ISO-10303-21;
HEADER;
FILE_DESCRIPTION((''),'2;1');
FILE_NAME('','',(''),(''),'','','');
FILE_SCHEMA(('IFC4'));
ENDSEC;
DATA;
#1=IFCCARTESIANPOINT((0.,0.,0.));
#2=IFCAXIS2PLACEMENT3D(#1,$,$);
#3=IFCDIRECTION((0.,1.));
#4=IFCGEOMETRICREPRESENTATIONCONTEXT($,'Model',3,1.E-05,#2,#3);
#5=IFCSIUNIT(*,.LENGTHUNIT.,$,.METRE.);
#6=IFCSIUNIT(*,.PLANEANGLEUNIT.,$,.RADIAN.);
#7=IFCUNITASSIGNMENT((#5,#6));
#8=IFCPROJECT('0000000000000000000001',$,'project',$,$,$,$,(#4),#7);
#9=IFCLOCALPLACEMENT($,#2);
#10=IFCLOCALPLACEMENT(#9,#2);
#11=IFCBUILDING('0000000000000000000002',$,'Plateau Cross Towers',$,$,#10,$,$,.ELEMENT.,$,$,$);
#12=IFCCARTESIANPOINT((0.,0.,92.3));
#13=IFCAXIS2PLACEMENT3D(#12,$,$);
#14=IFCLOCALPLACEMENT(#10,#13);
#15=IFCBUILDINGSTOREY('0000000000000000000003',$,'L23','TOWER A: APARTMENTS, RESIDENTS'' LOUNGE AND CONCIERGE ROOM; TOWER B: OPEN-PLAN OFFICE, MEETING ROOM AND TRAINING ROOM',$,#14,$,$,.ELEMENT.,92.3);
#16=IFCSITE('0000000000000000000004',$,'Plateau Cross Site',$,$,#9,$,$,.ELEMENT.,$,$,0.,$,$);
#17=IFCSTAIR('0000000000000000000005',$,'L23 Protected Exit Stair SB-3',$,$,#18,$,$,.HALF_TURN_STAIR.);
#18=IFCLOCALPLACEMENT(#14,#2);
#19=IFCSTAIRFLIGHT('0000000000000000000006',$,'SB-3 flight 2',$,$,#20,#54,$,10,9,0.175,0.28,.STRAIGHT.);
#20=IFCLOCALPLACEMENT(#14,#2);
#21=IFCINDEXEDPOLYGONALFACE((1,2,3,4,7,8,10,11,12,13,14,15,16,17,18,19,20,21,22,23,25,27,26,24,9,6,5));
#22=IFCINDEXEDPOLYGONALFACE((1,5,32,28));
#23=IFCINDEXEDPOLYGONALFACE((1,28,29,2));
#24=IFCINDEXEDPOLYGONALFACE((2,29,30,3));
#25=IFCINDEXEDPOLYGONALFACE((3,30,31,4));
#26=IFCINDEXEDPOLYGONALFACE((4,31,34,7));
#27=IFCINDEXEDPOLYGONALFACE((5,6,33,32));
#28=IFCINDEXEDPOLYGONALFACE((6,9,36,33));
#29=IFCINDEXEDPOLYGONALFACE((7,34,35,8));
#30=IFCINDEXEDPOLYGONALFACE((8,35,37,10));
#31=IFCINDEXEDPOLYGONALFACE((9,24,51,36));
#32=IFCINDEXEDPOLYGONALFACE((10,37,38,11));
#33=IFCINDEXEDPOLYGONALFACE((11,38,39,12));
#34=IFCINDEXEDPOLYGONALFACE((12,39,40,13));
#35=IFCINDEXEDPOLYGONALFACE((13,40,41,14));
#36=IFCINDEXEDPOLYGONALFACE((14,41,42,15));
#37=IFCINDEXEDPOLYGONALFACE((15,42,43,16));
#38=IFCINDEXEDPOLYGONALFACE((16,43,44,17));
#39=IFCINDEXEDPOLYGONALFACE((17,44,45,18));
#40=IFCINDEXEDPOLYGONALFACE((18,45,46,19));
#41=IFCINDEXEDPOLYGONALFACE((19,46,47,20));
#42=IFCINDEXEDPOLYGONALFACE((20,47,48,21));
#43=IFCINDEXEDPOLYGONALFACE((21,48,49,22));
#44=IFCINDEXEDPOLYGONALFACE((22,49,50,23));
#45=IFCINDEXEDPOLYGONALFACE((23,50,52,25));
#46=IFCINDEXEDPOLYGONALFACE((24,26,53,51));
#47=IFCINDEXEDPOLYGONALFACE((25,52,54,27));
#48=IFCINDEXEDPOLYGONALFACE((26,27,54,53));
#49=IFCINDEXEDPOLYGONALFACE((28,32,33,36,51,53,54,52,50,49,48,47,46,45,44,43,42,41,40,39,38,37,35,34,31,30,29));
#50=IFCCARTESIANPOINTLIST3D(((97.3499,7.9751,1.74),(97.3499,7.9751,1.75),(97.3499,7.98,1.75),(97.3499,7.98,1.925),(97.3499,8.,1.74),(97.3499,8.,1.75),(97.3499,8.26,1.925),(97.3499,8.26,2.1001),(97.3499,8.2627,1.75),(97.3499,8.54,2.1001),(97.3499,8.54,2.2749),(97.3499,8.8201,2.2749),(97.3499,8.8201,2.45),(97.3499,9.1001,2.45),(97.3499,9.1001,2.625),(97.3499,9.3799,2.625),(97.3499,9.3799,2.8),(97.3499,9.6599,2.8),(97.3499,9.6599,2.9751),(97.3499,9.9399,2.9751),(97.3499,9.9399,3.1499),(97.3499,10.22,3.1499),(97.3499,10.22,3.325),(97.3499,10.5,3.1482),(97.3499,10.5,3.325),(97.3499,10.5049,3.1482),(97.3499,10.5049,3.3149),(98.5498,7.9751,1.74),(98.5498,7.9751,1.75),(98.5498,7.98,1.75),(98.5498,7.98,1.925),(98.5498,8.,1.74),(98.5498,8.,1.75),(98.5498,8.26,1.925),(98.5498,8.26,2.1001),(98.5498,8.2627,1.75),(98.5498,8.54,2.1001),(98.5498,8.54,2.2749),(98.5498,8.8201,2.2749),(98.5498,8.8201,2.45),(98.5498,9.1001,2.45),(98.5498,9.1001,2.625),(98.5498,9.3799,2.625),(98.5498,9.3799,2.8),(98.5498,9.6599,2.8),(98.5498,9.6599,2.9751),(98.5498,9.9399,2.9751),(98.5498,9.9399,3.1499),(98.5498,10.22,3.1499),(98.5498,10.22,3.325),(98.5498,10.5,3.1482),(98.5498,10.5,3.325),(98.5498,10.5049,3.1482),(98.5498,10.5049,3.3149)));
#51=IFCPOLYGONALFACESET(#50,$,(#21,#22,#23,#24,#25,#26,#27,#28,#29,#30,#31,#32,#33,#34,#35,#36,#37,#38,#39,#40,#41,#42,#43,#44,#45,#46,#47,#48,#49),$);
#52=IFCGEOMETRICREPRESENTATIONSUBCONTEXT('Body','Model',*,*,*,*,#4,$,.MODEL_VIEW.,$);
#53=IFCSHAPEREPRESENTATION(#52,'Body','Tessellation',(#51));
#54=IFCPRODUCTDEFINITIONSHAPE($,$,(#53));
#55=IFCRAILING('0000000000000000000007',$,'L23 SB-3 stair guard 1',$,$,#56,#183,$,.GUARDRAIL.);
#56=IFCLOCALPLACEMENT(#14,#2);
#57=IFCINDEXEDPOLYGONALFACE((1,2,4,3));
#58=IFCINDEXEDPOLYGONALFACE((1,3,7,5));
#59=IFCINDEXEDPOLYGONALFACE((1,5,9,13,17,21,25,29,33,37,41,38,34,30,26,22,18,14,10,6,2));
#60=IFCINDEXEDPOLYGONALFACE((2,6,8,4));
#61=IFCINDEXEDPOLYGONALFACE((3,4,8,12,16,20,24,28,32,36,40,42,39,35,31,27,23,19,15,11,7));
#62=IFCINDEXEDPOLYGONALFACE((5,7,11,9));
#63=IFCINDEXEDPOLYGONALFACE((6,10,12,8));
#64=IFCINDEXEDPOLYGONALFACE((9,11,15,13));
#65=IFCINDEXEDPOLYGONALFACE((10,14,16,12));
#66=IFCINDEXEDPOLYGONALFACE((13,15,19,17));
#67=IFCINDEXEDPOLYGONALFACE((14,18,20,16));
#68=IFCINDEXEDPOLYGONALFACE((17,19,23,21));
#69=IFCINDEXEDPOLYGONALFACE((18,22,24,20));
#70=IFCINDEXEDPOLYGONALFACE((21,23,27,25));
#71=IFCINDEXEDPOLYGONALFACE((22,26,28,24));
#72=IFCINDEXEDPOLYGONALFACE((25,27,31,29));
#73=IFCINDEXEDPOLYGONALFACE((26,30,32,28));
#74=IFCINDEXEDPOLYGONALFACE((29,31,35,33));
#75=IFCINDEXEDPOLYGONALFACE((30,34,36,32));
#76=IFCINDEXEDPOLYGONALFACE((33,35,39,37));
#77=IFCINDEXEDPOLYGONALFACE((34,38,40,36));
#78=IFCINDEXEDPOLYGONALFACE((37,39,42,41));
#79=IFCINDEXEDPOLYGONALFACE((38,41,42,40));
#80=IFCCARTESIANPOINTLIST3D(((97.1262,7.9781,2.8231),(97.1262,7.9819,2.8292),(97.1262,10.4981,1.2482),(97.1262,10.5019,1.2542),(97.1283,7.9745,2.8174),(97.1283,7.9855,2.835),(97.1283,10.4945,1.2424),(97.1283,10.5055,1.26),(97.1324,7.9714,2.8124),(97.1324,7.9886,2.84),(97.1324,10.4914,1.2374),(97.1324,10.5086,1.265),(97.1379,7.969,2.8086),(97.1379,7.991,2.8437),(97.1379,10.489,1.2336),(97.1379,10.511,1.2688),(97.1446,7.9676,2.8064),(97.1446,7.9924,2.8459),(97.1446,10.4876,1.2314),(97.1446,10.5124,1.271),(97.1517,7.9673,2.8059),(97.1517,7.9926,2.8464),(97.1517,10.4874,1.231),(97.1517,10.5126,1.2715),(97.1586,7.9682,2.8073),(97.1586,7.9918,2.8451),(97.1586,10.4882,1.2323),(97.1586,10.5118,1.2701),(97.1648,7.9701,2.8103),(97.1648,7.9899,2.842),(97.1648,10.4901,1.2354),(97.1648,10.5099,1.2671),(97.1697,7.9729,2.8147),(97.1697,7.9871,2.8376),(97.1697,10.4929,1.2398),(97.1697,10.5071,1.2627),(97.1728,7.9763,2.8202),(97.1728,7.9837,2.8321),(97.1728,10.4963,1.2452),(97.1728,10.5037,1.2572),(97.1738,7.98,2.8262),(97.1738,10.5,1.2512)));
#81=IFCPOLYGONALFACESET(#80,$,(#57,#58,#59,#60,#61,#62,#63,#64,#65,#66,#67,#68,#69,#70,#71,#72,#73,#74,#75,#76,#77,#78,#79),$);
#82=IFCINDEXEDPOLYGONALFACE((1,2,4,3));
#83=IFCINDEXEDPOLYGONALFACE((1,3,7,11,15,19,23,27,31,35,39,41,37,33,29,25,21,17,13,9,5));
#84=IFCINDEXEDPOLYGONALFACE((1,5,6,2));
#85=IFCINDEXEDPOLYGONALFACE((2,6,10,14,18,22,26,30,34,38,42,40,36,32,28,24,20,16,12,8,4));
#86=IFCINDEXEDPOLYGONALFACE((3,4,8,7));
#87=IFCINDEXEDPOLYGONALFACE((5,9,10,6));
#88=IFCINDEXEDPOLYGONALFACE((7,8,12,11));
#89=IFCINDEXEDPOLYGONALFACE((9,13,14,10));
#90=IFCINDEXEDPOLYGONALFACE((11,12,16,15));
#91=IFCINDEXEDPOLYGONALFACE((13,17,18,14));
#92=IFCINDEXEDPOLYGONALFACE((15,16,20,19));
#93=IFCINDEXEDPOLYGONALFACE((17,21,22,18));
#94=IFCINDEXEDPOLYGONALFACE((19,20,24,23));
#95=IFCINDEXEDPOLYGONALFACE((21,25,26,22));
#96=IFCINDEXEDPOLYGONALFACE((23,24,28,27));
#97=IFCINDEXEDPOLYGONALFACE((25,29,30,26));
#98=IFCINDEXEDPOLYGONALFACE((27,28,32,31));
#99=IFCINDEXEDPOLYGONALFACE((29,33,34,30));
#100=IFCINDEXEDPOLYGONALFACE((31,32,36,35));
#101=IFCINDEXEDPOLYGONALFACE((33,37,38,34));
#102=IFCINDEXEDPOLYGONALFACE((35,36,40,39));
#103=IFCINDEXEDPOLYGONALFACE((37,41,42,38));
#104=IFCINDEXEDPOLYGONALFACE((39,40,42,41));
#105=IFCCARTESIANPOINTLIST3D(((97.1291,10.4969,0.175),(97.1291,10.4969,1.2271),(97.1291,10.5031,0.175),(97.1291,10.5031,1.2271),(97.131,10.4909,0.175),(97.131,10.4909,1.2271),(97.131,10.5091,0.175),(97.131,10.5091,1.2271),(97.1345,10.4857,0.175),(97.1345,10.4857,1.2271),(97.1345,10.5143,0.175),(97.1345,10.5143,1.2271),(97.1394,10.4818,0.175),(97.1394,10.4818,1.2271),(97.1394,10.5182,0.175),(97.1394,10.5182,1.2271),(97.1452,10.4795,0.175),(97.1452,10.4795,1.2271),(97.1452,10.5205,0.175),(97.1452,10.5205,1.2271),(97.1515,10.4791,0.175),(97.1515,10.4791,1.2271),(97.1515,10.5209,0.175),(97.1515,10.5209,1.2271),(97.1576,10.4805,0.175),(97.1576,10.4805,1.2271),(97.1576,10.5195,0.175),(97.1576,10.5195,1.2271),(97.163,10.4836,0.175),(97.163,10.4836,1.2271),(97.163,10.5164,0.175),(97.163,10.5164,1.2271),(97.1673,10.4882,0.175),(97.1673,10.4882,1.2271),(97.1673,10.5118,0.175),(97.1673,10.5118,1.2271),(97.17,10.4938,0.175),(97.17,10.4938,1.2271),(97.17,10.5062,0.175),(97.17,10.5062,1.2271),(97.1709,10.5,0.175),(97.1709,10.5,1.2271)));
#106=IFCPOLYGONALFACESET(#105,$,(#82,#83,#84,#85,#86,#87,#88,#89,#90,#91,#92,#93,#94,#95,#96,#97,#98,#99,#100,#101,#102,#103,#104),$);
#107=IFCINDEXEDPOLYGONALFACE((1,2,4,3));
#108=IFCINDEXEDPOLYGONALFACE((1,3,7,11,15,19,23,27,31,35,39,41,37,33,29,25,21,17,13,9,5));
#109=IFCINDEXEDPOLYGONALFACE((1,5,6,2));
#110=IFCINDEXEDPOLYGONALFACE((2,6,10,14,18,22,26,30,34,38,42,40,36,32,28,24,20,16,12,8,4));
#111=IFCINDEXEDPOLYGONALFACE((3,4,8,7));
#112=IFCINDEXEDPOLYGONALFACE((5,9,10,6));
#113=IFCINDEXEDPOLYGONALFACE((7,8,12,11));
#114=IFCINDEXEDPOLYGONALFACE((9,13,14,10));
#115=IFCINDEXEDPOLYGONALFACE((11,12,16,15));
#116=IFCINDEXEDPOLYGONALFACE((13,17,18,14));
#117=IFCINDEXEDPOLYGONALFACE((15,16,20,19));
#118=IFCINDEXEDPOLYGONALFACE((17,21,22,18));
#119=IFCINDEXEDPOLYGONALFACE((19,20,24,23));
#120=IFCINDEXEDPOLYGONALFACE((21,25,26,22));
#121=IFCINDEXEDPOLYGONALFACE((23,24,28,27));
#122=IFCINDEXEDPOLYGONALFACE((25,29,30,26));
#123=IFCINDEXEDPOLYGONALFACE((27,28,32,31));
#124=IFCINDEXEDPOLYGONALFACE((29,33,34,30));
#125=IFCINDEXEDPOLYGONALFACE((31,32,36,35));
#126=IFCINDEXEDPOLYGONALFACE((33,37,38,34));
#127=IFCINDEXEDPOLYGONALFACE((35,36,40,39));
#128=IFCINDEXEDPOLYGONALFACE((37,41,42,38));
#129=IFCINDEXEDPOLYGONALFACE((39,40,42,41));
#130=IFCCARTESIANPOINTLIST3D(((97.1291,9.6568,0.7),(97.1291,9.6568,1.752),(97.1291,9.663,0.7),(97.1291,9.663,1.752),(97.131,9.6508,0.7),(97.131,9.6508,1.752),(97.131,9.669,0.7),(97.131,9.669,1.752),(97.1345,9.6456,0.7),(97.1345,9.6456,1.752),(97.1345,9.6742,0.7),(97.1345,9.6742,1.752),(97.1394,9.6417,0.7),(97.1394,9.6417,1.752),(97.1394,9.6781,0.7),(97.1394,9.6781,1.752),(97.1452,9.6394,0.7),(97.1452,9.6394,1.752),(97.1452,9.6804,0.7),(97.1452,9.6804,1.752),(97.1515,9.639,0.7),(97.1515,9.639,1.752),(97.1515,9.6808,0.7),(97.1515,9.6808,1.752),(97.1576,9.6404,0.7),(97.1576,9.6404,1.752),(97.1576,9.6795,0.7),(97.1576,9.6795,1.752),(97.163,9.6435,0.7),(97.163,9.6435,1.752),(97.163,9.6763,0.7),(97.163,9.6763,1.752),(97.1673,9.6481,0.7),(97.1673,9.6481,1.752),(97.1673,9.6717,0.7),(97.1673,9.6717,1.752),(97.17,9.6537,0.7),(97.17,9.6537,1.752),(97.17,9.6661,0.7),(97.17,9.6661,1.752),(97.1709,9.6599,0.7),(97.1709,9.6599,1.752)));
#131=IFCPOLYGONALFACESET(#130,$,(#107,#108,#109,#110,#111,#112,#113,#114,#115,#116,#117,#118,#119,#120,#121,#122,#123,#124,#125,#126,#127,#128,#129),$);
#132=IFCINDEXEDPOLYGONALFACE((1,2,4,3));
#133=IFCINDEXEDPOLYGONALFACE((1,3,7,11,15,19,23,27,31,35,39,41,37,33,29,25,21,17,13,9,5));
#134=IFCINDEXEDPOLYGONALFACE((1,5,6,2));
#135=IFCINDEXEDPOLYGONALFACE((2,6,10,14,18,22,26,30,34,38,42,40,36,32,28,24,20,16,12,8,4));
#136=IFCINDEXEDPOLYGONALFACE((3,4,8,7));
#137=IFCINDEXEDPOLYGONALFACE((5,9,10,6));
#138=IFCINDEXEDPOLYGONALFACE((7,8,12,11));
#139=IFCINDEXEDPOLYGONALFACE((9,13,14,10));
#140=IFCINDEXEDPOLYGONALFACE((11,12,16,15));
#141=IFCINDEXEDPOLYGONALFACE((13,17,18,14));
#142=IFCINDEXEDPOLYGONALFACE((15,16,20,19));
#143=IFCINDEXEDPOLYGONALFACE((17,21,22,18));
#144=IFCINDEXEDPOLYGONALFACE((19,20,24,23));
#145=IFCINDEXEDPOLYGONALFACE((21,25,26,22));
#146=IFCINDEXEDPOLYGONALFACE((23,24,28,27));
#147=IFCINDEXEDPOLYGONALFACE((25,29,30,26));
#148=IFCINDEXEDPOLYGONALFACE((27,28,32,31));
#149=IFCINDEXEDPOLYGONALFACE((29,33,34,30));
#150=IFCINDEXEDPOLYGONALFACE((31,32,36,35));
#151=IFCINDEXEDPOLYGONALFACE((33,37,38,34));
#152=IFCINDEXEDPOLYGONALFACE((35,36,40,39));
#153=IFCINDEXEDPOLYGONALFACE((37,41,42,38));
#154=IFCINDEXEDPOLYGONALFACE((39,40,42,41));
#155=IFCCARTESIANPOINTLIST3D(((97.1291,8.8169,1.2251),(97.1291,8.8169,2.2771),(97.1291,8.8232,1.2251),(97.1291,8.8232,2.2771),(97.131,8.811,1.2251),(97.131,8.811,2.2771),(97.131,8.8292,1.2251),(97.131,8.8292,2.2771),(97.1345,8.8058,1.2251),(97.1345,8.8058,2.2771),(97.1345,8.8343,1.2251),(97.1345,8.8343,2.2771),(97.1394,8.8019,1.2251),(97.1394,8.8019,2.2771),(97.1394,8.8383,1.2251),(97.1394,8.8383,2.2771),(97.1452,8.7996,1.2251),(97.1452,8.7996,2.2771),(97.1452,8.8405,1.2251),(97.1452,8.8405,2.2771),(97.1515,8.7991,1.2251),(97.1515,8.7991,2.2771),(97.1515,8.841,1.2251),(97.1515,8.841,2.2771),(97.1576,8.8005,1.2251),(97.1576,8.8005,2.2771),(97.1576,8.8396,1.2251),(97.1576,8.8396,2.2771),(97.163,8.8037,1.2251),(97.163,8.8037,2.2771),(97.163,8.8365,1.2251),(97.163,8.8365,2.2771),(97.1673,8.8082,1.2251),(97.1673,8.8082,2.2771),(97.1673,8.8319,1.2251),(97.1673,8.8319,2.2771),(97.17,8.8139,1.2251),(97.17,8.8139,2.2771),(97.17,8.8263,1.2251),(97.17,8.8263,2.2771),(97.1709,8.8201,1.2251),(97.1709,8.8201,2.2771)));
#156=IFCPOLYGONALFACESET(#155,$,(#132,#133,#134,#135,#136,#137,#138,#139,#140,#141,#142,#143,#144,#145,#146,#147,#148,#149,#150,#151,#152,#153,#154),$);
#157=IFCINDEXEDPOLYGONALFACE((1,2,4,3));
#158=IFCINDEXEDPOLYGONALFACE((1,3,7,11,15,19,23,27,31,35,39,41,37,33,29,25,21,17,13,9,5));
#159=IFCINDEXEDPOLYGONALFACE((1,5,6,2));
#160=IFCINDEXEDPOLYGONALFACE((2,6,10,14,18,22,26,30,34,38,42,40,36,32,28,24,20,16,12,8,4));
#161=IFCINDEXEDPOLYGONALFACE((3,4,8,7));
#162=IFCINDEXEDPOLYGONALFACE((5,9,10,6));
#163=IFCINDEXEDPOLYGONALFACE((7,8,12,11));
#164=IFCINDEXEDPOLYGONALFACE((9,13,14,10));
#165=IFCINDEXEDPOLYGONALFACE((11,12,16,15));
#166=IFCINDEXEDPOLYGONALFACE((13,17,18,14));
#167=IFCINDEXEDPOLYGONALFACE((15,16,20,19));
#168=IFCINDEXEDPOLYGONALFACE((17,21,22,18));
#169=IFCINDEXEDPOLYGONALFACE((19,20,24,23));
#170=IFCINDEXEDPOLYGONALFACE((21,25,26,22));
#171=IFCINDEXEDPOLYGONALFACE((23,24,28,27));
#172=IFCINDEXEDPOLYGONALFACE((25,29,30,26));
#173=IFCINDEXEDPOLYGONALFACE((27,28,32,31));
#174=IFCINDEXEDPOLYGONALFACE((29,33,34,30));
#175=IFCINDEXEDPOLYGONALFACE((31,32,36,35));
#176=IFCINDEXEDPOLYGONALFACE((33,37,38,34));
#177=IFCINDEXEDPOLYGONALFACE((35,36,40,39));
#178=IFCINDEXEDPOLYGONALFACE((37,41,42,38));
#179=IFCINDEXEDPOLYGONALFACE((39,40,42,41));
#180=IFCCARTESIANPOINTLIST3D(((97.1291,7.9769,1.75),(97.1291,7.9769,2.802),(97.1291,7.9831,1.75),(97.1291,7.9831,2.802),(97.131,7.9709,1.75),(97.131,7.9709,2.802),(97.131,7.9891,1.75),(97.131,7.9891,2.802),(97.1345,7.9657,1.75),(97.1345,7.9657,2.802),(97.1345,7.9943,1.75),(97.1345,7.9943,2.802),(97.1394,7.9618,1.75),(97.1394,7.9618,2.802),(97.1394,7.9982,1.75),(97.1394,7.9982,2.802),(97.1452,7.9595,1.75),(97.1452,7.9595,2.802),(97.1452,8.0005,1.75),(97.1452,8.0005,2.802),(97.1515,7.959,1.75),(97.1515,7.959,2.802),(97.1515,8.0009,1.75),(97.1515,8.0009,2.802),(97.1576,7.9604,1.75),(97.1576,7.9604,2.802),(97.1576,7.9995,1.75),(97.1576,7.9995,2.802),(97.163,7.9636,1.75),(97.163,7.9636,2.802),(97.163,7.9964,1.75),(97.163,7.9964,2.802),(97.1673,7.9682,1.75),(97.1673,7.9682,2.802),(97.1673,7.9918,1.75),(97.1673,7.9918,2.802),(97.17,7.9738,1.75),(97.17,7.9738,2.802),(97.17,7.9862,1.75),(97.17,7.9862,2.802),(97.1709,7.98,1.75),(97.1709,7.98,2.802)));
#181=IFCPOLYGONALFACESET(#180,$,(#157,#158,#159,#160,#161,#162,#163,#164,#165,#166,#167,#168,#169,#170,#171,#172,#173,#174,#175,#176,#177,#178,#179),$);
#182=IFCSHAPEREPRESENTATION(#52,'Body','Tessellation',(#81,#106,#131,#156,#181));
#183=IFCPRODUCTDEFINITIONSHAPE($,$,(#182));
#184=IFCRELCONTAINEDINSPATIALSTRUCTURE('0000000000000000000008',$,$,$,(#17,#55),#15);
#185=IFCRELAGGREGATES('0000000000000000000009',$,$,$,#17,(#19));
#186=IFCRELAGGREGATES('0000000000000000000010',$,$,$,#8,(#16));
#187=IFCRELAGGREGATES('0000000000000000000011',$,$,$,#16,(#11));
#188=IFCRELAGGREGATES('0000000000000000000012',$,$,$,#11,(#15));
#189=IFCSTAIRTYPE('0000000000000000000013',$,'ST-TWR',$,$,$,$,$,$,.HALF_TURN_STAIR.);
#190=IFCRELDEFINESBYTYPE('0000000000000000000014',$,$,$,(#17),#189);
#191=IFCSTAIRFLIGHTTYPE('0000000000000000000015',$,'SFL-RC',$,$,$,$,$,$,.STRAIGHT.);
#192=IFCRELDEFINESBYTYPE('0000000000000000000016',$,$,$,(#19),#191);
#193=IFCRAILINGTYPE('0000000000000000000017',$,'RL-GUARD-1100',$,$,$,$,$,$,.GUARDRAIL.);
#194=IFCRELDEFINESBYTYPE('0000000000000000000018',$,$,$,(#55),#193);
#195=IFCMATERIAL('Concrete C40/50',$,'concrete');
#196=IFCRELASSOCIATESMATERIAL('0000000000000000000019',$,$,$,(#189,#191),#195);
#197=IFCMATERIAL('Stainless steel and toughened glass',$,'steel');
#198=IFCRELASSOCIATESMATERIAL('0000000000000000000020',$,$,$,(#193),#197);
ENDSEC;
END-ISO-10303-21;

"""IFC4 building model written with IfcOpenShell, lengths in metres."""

from ifc_helpers import new_model, si_unit, direction, frame, origin, origin_2d, place, context, subcontext, project, spatial, polyline, circle, outline, extrude, material, type_object, element, aggregate, save


model = new_model("IFC4")

# Units and contexts
model_context = context("Model", 3, precision=1e-05, world=origin(), true_north=direction((0.0, 1.0)))
body_context = subcontext(model_context, "Body", "Model", "MODEL_VIEW")
ifc_project = project(units=[si_unit("LENGTHUNIT", "METRE"), si_unit("PLANEANGLEUNIT", "RADIAN")], contexts=[model_context])

# Site, building, storey
site_placement = place(None, origin())
site = spatial("IfcSite", under=ifc_project, at=site_placement, Name="Plateau Cross Site", CompositionType="ELEMENT", RefElevation=0.0)
building_placement = place(site_placement, origin())
building = spatial("IfcBuilding", under=site, at=building_placement, Name="Plateau Cross Towers", CompositionType="ELEMENT")
storey_placement = place(building_placement, frame((0.0, 0.0, 92.3)))
storey = spatial("IfcBuildingStorey", under=building, at=storey_placement, Name="L23", Description="TOWER A: APARTMENTS, RESIDENTS' LOUNGE AND CONCIERGE ROOM; TOWER B: OPEN-PLAN OFFICE, MEETING ROOM AND TRAINING ROOM", CompositionType="ELEMENT", Elevation=92.3)

# Stair, stair flight
ifc_material_1 = material(Name="Concrete C40/50", Category="concrete")
stair_type = type_object("IfcStairType", Name="ST-TWR", PredefinedType="HALF_TURN_STAIR", material=ifc_material_1)
stair_placement = place(storey_placement, origin())
stair = element("IfcStair", 1, at=stair_placement, inside=storey, type_object=stair_type, Name="L23 Protected Exit Stair SB-3", PredefinedType="HALF_TURN_STAIR")
stair_flight_type = type_object("IfcStairFlightType", Name="SFL-RC", PredefinedType="STRAIGHT", material=ifc_material_1)
stair_flight_1_placement = place(storey_placement, frame((97.95, 7.98, 1.75), z_axis=(0.0, 0.0, 1.0), x_axis=(0.0, 1.0, 0.0)))
stair_flight_1 = element("IfcStairFlight", 2, at=stair_flight_1_placement, type_object=stair_flight_type, Name="SB-3 flight 2", NumberOfRisers=10, NumberOfTreads=9, PredefinedType="STRAIGHT", RiserHeight=0.175, TreadLength=0.28, context=body_context, shape_type="SweptSolid", body=[
    extrude(outline(polyline([(-0.0049, -0.01), (-0.0049, 0.0), (0.0, 0.0), (0.0, 0.175), (0.28, 0.175), (0.28, 0.3501), (0.5601, 0.3501), (0.5601, 0.5249), (0.8401, 0.5249), (0.8401, 0.7), (1.1201, 0.7), (1.1201, 0.875), (1.3999, 0.875), (1.3999, 1.05), (1.6799, 1.05), (1.6799, 1.2251), (1.96, 1.2251), (1.96, 1.3999), (2.24, 1.3999), (2.24, 1.575), (2.52, 1.575), (2.5249, 1.5649), (2.5249, 1.3982), (2.52, 1.3982), (0.2827, 0.0), (0.02, 0.0), (0.02, -0.01), (-0.0049, -0.01)])), frame((0.0, 0.6001, 0.0), z_axis=(0.0, -1.0, 0.0), x_axis=(1.0, 0.0, 0.0)), (0.0, 0.0, 1.0), 1.2),
])
aggregate(stair, [stair_flight_1])

# Railing
ifc_material_2 = material(Name="Stainless steel and toughened glass", Category="steel")
railing_type_1 = type_object("IfcRailingType", Name="RL-GUARD-1100", PredefinedType="GUARDRAIL", material=ifc_material_2)
railing_1_placement = place(storey_placement, frame((97.1499, 10.5, 0.175)))
element("IfcRailing", 3, at=railing_1_placement, inside=storey, type_object=railing_type_1, Name="L23 SB-3 stair guard 1", PredefinedType="GUARDRAIL", context=body_context, shape_type="SweptSolid", body=[
    extrude(circle(Radius=0.0239, at=origin_2d()), frame((0.0, 0.0, 1.0762), z_axis=(0.0, -0.848008, 0.529984), x_axis=(1.0, 0.0, 0.0)), (0.0, 0.0, 1.0), 2.9717),
    extrude(circle(Radius=0.021, at=origin_2d()), origin(), (0.0, 0.0, 1.0), 1.052),
    extrude(circle(Radius=0.021, at=origin_2d()), frame((0.0, -0.8401, 0.5249)), (0.0, 0.0, 1.0), 1.052),
    extrude(circle(Radius=0.021, at=origin_2d()), frame((0.0, -1.6799, 1.05)), (0.0, 0.0, 1.0), 1.052),
    extrude(circle(Radius=0.021, at=origin_2d()), frame((0.0, -2.52, 1.575)), (0.0, 0.0, 1.0), 1.052),
])

save(model, "model.ifc")
